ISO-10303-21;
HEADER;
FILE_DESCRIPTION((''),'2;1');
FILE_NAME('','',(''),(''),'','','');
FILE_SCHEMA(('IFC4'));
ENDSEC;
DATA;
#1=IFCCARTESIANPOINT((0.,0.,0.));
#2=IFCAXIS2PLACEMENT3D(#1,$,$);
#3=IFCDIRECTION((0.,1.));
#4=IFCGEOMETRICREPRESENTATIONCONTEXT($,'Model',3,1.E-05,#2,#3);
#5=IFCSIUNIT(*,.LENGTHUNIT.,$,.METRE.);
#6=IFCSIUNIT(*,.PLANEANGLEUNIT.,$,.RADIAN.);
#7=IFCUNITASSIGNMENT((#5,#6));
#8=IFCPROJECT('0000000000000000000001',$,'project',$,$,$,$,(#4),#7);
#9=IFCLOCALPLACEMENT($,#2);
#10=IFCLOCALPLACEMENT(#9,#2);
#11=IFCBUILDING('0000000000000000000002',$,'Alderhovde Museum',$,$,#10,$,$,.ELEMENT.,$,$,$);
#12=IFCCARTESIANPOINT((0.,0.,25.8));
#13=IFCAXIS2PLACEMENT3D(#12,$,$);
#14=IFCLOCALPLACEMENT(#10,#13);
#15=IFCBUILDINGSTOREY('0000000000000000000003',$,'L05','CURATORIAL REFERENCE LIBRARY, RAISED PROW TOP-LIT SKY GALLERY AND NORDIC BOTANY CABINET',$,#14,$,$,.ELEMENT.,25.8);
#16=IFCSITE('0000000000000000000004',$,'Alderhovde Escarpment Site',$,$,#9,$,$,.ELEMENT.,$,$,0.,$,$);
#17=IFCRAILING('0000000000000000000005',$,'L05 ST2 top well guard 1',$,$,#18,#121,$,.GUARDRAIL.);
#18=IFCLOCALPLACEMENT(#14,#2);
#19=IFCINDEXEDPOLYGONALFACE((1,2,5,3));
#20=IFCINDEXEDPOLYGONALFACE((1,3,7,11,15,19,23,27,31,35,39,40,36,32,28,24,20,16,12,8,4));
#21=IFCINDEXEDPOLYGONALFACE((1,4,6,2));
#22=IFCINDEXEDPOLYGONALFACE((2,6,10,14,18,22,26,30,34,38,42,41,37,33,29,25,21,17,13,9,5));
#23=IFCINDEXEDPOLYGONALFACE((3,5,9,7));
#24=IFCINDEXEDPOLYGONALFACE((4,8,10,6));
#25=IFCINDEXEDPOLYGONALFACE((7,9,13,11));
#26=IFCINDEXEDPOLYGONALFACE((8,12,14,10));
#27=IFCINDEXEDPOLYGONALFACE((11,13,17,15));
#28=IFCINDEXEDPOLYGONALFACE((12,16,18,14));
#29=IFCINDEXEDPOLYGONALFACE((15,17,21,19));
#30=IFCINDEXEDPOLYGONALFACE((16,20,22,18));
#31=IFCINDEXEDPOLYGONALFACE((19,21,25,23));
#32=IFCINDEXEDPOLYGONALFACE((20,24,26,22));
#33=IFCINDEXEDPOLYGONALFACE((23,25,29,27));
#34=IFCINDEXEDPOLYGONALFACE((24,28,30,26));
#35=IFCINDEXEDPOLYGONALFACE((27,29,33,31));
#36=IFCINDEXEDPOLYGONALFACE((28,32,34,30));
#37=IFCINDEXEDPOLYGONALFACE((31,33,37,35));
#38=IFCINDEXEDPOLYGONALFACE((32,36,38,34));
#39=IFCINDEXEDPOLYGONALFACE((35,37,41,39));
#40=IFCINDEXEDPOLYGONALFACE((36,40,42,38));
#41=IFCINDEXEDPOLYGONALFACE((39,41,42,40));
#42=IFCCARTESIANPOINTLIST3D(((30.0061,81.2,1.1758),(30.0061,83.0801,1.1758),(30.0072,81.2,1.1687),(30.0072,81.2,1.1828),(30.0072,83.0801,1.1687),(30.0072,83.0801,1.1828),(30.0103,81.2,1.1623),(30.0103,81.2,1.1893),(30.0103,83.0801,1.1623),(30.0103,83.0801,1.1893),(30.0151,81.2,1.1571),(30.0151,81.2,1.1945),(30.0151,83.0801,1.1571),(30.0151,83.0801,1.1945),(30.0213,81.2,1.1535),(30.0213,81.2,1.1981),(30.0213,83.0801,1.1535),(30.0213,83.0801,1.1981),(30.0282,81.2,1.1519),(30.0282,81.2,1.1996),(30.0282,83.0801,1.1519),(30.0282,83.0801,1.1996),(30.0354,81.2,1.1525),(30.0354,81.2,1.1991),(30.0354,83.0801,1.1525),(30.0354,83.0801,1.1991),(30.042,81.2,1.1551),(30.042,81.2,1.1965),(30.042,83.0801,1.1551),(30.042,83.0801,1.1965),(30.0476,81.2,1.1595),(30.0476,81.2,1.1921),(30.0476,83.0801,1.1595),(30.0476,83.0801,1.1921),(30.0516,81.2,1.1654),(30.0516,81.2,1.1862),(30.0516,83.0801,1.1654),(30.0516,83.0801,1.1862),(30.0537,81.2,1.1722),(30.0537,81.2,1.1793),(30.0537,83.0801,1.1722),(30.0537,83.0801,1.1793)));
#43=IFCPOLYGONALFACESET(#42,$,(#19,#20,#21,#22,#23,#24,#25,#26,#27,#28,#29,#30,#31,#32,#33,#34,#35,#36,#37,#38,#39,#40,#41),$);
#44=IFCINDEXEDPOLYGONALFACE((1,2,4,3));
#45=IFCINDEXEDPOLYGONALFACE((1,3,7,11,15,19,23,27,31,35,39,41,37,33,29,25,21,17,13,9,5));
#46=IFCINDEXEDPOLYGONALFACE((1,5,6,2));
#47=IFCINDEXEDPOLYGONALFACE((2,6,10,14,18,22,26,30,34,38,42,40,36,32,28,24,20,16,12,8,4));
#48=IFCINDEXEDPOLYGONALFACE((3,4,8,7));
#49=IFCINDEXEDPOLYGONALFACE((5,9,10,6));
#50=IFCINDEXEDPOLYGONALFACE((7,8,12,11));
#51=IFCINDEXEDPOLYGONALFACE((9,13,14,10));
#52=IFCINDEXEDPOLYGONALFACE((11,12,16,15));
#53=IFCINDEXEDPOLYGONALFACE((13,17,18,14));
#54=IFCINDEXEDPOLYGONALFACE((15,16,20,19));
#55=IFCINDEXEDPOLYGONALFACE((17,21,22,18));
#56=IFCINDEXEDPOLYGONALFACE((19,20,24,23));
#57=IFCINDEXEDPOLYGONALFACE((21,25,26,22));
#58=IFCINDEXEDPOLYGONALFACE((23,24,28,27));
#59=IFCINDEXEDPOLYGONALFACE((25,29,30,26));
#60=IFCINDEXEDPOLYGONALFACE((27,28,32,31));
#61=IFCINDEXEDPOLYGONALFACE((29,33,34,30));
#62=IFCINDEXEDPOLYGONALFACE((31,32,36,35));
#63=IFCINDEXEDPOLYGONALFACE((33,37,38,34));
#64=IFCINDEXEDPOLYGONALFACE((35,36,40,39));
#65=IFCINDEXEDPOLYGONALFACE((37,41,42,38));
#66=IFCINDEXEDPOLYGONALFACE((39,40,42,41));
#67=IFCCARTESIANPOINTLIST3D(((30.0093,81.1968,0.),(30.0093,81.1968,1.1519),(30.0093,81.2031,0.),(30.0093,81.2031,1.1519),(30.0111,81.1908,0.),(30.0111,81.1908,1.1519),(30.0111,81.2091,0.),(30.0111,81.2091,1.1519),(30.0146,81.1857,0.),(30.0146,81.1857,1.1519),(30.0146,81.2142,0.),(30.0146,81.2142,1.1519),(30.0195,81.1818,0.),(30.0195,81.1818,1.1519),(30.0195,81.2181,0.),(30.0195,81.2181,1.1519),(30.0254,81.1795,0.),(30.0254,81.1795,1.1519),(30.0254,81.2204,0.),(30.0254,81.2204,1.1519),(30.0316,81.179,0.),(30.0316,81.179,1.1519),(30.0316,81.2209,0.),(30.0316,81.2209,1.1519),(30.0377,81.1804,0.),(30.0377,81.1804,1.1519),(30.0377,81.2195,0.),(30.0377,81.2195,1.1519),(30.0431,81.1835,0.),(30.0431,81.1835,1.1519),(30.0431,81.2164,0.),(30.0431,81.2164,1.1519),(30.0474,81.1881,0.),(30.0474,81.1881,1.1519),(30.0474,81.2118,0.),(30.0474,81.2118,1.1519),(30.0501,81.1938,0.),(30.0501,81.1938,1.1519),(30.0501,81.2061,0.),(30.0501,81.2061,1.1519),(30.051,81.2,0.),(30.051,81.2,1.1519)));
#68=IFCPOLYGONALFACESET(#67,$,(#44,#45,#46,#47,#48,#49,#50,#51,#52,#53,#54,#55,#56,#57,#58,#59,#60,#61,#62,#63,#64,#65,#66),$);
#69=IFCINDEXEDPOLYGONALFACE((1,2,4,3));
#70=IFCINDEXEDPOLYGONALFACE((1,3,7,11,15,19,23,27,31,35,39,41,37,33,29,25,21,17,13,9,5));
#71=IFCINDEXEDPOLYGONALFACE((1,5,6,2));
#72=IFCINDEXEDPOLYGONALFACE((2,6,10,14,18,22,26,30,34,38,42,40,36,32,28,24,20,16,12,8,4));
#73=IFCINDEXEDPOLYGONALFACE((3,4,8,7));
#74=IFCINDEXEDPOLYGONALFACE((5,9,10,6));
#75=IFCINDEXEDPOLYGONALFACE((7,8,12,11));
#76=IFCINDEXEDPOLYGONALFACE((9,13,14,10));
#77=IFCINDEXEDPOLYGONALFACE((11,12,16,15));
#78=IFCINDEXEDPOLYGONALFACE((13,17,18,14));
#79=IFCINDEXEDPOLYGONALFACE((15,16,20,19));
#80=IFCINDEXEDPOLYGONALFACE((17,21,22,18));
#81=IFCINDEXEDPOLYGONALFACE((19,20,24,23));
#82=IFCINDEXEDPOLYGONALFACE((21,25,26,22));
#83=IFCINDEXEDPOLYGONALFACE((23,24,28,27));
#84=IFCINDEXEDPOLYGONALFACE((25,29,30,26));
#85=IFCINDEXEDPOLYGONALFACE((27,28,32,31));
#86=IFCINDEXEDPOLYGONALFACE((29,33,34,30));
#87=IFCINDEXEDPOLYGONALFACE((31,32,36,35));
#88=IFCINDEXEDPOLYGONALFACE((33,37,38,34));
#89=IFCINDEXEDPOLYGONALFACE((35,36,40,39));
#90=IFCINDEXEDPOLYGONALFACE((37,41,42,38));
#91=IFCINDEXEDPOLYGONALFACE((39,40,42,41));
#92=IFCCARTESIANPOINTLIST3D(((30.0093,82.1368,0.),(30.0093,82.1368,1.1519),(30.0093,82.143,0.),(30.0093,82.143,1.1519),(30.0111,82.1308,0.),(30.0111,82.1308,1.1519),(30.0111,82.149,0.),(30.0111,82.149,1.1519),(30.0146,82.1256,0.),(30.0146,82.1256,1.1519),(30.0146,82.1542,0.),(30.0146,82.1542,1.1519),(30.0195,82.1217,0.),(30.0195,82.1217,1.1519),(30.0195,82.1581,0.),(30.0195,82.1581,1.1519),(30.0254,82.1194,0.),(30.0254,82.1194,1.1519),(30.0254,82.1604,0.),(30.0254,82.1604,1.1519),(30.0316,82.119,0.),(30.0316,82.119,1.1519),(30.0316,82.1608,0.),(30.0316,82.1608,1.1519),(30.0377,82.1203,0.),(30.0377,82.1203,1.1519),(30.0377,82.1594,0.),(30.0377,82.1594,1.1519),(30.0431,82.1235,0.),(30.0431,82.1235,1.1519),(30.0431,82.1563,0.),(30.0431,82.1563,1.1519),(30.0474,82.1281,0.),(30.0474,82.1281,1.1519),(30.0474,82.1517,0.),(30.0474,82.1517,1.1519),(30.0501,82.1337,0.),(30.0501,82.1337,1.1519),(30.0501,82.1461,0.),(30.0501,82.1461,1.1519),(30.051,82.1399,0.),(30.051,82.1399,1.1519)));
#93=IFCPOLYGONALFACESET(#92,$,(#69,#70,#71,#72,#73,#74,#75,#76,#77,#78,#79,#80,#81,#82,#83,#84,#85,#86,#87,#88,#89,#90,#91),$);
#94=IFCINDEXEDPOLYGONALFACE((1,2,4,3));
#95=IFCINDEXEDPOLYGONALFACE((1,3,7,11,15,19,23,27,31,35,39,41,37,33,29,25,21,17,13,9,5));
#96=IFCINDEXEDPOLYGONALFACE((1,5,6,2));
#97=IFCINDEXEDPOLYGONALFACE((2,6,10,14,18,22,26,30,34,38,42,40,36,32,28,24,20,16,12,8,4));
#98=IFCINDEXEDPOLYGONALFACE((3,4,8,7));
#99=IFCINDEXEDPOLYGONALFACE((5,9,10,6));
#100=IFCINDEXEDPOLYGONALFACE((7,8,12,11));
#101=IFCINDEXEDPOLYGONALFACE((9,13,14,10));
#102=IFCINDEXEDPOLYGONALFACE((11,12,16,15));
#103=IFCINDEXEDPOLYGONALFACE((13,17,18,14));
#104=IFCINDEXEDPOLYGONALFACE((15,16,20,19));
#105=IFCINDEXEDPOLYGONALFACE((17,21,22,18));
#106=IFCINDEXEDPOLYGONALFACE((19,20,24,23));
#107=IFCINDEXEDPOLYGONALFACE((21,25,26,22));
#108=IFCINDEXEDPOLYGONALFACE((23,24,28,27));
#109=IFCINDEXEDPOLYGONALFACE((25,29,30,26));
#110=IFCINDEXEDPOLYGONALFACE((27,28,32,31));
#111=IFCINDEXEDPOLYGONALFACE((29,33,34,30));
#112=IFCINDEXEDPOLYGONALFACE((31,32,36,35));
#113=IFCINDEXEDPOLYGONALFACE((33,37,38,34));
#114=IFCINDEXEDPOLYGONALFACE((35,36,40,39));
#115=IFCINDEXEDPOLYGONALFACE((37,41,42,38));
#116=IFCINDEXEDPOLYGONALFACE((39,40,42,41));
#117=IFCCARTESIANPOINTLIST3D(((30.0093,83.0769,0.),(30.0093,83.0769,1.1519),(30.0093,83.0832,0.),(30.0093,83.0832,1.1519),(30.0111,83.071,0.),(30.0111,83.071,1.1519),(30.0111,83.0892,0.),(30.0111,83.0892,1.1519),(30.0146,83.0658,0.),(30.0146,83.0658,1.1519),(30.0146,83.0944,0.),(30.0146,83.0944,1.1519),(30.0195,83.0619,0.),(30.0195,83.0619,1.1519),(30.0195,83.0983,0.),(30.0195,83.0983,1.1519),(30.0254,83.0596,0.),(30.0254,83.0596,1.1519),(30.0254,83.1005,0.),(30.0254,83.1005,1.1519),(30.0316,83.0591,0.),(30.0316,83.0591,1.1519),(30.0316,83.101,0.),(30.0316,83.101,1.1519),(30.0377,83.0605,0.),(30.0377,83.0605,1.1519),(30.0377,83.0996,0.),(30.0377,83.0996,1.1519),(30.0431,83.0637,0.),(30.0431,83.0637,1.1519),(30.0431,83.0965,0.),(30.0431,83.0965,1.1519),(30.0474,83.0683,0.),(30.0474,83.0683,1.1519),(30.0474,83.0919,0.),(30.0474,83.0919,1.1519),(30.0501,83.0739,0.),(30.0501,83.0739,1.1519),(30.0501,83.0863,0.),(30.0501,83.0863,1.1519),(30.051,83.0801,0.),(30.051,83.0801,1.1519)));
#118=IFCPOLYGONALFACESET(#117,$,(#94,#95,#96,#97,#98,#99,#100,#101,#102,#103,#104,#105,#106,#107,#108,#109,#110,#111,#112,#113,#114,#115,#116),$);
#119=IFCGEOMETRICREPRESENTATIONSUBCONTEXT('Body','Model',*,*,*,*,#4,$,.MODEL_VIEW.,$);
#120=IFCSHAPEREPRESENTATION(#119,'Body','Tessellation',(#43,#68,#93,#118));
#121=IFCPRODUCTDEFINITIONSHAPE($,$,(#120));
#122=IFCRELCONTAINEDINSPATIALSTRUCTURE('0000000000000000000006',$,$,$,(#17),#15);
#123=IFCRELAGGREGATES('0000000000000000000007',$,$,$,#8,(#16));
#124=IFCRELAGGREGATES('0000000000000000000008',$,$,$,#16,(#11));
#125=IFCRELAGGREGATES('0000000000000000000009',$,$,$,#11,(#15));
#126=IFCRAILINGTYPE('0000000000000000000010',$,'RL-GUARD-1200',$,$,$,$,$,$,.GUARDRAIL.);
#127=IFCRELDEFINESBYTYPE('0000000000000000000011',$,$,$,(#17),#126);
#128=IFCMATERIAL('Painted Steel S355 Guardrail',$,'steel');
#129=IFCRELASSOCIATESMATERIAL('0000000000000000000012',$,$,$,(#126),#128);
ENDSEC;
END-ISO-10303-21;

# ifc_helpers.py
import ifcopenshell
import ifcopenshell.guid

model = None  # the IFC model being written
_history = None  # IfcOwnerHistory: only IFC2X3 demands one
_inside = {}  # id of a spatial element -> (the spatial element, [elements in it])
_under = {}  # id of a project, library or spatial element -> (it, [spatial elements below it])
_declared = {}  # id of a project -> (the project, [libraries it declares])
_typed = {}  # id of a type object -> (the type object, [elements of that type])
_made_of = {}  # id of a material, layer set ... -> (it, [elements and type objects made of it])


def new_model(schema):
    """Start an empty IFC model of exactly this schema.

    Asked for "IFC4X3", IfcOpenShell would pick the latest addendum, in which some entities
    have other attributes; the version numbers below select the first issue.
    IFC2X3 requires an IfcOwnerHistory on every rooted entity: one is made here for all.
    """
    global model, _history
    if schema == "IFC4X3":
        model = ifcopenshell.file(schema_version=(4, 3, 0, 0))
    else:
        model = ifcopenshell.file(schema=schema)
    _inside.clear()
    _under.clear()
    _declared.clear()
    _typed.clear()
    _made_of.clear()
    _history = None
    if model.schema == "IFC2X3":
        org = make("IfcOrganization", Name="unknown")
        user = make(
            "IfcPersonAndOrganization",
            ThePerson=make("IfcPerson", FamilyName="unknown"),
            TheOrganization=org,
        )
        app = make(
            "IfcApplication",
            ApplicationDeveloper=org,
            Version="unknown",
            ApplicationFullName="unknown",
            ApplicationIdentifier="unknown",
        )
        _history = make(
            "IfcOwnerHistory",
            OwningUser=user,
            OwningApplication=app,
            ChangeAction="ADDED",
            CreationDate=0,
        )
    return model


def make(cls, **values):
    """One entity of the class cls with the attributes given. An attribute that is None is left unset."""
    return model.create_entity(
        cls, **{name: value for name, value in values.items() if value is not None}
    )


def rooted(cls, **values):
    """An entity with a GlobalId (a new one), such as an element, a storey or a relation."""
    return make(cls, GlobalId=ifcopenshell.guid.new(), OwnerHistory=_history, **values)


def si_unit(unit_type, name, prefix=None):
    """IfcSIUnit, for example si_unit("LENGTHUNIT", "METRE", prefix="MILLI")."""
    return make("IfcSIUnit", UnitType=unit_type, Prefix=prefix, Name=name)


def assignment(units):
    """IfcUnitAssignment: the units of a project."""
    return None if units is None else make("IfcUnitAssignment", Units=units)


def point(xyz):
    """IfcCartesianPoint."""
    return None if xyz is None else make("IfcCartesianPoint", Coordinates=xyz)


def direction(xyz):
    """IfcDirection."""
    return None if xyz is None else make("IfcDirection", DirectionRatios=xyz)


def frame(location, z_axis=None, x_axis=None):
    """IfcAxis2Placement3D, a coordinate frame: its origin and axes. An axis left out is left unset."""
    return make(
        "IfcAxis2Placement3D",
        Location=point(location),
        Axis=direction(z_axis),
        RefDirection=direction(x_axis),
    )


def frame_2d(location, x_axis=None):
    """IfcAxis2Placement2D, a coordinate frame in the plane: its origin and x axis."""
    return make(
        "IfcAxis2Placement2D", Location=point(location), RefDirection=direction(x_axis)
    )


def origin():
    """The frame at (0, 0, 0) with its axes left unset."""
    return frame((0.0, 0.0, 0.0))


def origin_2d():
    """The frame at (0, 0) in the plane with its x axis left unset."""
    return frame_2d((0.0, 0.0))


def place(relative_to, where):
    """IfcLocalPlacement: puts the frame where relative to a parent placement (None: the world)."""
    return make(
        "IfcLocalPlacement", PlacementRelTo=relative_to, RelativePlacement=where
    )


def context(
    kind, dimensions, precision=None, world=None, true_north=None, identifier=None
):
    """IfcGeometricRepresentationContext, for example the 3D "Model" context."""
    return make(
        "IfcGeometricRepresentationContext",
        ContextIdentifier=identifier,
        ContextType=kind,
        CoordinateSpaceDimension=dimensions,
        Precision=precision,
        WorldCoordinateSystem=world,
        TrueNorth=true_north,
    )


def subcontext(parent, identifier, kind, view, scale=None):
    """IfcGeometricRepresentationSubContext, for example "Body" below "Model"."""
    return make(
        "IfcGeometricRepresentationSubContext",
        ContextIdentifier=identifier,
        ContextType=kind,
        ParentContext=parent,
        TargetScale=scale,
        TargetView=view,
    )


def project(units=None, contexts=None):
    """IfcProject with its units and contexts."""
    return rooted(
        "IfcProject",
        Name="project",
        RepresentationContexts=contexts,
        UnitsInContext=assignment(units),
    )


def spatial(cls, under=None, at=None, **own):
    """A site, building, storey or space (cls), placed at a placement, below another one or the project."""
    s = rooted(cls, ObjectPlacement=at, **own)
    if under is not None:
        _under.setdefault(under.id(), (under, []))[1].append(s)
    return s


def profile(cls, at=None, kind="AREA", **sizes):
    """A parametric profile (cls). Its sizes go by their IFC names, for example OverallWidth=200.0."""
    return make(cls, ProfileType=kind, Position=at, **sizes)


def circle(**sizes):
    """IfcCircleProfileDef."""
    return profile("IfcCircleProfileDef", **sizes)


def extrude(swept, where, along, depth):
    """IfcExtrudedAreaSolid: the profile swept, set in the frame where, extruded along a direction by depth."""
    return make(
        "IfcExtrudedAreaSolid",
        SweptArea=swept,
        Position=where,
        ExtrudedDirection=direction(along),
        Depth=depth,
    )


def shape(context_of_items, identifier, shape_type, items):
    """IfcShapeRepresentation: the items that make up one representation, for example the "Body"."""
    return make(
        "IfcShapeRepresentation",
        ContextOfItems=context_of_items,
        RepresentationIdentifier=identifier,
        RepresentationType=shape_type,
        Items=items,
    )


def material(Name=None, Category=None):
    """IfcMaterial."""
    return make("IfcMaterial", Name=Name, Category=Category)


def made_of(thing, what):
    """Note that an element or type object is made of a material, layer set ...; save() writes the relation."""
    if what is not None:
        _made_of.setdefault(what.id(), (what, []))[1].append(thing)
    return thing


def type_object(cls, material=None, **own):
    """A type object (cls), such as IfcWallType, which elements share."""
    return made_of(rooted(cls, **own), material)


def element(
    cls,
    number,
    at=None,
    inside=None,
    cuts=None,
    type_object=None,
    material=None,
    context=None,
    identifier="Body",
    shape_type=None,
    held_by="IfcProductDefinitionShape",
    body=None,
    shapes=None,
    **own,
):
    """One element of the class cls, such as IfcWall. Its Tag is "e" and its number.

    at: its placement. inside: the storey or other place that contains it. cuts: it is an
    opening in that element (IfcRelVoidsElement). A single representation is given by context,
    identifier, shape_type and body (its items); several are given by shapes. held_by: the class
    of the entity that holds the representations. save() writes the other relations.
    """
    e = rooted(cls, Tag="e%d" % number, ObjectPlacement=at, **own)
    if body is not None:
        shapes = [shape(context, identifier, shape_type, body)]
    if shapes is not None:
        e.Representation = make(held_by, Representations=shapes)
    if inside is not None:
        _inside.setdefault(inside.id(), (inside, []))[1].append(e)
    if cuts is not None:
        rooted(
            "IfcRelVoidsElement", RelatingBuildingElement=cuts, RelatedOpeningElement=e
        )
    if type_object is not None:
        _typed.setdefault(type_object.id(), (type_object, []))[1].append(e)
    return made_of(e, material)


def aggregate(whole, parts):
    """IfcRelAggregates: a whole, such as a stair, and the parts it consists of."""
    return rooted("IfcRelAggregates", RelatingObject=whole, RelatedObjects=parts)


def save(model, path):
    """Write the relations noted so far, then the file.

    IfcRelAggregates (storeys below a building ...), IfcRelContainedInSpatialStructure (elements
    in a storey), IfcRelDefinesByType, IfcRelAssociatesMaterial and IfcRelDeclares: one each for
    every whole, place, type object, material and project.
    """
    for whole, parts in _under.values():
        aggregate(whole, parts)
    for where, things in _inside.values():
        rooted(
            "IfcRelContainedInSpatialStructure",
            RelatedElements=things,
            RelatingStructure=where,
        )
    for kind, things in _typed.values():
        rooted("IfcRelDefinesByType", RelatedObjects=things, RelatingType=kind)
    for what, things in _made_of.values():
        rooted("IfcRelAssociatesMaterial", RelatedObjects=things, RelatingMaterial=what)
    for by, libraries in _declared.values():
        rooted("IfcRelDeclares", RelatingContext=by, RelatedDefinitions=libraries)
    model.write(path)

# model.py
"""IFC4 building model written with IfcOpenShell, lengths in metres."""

from ifc_helpers import new_model, si_unit, direction, frame, origin, origin_2d, place, context, subcontext, project, spatial, circle, extrude, material, type_object, element, save


model = new_model("IFC4")

# Units and contexts
model_context = context("Model", 3, precision=1e-05, world=origin(), true_north=direction((0.0, 1.0)))
body_context = subcontext(model_context, "Body", "Model", "MODEL_VIEW")
ifc_project = project(units=[si_unit("LENGTHUNIT", "METRE"), si_unit("PLANEANGLEUNIT", "RADIAN")], contexts=[model_context])

# Site, building, storey
site_placement = place(None, origin())
site = spatial("IfcSite", under=ifc_project, at=site_placement, Name="Alderhovde Escarpment Site", CompositionType="ELEMENT", RefElevation=0.0)
building_placement = place(site_placement, origin())
building = spatial("IfcBuilding", under=site, at=building_placement, Name="Alderhovde Museum", CompositionType="ELEMENT")
storey_placement = place(building_placement, frame((0.0, 0.0, 25.8)))
storey = spatial("IfcBuildingStorey", under=building, at=storey_placement, Name="L05", Description="CURATORIAL REFERENCE LIBRARY, RAISED PROW TOP-LIT SKY GALLERY AND NORDIC BOTANY CABINET", CompositionType="ELEMENT", Elevation=25.8)

# Railing
ifc_material_1 = material(Name="Painted Steel S355 Guardrail", Category="steel")
railing_type = type_object("IfcRailingType", Name="RL-GUARD-1200", PredefinedType="GUARDRAIL", material=ifc_material_1)
railing_placement = place(storey_placement, frame((30.03, 81.2, 0.0)))
element("IfcRailing", 1, at=railing_placement, inside=storey, type_object=railing_type, Name="L05 ST2 top well guard 1", PredefinedType="GUARDRAIL", context=body_context, shape_type="SweptSolid", body=[
    extrude(circle(Radius=0.0239, at=origin_2d()), frame((0.0, 0.0, 1.1758), z_axis=(0.0, 1.0, 0.0), x_axis=(-1.0, 0.0, 0.0)), (0.0, 0.0, 1.0), 1.8801),
    extrude(circle(Radius=0.021, at=origin_2d()), origin(), (0.0, 0.0, 1.0), 1.1519),
    extrude(circle(Radius=0.021, at=origin_2d()), frame((0.0, 0.9399, 0.0)), (0.0, 0.0, 1.0), 1.1519),
    extrude(circle(Radius=0.021, at=origin_2d()), frame((0.0, 1.8801, 0.0)), (0.0, 0.0, 1.0), 1.1519),
])

save(model, "model.ifc")
